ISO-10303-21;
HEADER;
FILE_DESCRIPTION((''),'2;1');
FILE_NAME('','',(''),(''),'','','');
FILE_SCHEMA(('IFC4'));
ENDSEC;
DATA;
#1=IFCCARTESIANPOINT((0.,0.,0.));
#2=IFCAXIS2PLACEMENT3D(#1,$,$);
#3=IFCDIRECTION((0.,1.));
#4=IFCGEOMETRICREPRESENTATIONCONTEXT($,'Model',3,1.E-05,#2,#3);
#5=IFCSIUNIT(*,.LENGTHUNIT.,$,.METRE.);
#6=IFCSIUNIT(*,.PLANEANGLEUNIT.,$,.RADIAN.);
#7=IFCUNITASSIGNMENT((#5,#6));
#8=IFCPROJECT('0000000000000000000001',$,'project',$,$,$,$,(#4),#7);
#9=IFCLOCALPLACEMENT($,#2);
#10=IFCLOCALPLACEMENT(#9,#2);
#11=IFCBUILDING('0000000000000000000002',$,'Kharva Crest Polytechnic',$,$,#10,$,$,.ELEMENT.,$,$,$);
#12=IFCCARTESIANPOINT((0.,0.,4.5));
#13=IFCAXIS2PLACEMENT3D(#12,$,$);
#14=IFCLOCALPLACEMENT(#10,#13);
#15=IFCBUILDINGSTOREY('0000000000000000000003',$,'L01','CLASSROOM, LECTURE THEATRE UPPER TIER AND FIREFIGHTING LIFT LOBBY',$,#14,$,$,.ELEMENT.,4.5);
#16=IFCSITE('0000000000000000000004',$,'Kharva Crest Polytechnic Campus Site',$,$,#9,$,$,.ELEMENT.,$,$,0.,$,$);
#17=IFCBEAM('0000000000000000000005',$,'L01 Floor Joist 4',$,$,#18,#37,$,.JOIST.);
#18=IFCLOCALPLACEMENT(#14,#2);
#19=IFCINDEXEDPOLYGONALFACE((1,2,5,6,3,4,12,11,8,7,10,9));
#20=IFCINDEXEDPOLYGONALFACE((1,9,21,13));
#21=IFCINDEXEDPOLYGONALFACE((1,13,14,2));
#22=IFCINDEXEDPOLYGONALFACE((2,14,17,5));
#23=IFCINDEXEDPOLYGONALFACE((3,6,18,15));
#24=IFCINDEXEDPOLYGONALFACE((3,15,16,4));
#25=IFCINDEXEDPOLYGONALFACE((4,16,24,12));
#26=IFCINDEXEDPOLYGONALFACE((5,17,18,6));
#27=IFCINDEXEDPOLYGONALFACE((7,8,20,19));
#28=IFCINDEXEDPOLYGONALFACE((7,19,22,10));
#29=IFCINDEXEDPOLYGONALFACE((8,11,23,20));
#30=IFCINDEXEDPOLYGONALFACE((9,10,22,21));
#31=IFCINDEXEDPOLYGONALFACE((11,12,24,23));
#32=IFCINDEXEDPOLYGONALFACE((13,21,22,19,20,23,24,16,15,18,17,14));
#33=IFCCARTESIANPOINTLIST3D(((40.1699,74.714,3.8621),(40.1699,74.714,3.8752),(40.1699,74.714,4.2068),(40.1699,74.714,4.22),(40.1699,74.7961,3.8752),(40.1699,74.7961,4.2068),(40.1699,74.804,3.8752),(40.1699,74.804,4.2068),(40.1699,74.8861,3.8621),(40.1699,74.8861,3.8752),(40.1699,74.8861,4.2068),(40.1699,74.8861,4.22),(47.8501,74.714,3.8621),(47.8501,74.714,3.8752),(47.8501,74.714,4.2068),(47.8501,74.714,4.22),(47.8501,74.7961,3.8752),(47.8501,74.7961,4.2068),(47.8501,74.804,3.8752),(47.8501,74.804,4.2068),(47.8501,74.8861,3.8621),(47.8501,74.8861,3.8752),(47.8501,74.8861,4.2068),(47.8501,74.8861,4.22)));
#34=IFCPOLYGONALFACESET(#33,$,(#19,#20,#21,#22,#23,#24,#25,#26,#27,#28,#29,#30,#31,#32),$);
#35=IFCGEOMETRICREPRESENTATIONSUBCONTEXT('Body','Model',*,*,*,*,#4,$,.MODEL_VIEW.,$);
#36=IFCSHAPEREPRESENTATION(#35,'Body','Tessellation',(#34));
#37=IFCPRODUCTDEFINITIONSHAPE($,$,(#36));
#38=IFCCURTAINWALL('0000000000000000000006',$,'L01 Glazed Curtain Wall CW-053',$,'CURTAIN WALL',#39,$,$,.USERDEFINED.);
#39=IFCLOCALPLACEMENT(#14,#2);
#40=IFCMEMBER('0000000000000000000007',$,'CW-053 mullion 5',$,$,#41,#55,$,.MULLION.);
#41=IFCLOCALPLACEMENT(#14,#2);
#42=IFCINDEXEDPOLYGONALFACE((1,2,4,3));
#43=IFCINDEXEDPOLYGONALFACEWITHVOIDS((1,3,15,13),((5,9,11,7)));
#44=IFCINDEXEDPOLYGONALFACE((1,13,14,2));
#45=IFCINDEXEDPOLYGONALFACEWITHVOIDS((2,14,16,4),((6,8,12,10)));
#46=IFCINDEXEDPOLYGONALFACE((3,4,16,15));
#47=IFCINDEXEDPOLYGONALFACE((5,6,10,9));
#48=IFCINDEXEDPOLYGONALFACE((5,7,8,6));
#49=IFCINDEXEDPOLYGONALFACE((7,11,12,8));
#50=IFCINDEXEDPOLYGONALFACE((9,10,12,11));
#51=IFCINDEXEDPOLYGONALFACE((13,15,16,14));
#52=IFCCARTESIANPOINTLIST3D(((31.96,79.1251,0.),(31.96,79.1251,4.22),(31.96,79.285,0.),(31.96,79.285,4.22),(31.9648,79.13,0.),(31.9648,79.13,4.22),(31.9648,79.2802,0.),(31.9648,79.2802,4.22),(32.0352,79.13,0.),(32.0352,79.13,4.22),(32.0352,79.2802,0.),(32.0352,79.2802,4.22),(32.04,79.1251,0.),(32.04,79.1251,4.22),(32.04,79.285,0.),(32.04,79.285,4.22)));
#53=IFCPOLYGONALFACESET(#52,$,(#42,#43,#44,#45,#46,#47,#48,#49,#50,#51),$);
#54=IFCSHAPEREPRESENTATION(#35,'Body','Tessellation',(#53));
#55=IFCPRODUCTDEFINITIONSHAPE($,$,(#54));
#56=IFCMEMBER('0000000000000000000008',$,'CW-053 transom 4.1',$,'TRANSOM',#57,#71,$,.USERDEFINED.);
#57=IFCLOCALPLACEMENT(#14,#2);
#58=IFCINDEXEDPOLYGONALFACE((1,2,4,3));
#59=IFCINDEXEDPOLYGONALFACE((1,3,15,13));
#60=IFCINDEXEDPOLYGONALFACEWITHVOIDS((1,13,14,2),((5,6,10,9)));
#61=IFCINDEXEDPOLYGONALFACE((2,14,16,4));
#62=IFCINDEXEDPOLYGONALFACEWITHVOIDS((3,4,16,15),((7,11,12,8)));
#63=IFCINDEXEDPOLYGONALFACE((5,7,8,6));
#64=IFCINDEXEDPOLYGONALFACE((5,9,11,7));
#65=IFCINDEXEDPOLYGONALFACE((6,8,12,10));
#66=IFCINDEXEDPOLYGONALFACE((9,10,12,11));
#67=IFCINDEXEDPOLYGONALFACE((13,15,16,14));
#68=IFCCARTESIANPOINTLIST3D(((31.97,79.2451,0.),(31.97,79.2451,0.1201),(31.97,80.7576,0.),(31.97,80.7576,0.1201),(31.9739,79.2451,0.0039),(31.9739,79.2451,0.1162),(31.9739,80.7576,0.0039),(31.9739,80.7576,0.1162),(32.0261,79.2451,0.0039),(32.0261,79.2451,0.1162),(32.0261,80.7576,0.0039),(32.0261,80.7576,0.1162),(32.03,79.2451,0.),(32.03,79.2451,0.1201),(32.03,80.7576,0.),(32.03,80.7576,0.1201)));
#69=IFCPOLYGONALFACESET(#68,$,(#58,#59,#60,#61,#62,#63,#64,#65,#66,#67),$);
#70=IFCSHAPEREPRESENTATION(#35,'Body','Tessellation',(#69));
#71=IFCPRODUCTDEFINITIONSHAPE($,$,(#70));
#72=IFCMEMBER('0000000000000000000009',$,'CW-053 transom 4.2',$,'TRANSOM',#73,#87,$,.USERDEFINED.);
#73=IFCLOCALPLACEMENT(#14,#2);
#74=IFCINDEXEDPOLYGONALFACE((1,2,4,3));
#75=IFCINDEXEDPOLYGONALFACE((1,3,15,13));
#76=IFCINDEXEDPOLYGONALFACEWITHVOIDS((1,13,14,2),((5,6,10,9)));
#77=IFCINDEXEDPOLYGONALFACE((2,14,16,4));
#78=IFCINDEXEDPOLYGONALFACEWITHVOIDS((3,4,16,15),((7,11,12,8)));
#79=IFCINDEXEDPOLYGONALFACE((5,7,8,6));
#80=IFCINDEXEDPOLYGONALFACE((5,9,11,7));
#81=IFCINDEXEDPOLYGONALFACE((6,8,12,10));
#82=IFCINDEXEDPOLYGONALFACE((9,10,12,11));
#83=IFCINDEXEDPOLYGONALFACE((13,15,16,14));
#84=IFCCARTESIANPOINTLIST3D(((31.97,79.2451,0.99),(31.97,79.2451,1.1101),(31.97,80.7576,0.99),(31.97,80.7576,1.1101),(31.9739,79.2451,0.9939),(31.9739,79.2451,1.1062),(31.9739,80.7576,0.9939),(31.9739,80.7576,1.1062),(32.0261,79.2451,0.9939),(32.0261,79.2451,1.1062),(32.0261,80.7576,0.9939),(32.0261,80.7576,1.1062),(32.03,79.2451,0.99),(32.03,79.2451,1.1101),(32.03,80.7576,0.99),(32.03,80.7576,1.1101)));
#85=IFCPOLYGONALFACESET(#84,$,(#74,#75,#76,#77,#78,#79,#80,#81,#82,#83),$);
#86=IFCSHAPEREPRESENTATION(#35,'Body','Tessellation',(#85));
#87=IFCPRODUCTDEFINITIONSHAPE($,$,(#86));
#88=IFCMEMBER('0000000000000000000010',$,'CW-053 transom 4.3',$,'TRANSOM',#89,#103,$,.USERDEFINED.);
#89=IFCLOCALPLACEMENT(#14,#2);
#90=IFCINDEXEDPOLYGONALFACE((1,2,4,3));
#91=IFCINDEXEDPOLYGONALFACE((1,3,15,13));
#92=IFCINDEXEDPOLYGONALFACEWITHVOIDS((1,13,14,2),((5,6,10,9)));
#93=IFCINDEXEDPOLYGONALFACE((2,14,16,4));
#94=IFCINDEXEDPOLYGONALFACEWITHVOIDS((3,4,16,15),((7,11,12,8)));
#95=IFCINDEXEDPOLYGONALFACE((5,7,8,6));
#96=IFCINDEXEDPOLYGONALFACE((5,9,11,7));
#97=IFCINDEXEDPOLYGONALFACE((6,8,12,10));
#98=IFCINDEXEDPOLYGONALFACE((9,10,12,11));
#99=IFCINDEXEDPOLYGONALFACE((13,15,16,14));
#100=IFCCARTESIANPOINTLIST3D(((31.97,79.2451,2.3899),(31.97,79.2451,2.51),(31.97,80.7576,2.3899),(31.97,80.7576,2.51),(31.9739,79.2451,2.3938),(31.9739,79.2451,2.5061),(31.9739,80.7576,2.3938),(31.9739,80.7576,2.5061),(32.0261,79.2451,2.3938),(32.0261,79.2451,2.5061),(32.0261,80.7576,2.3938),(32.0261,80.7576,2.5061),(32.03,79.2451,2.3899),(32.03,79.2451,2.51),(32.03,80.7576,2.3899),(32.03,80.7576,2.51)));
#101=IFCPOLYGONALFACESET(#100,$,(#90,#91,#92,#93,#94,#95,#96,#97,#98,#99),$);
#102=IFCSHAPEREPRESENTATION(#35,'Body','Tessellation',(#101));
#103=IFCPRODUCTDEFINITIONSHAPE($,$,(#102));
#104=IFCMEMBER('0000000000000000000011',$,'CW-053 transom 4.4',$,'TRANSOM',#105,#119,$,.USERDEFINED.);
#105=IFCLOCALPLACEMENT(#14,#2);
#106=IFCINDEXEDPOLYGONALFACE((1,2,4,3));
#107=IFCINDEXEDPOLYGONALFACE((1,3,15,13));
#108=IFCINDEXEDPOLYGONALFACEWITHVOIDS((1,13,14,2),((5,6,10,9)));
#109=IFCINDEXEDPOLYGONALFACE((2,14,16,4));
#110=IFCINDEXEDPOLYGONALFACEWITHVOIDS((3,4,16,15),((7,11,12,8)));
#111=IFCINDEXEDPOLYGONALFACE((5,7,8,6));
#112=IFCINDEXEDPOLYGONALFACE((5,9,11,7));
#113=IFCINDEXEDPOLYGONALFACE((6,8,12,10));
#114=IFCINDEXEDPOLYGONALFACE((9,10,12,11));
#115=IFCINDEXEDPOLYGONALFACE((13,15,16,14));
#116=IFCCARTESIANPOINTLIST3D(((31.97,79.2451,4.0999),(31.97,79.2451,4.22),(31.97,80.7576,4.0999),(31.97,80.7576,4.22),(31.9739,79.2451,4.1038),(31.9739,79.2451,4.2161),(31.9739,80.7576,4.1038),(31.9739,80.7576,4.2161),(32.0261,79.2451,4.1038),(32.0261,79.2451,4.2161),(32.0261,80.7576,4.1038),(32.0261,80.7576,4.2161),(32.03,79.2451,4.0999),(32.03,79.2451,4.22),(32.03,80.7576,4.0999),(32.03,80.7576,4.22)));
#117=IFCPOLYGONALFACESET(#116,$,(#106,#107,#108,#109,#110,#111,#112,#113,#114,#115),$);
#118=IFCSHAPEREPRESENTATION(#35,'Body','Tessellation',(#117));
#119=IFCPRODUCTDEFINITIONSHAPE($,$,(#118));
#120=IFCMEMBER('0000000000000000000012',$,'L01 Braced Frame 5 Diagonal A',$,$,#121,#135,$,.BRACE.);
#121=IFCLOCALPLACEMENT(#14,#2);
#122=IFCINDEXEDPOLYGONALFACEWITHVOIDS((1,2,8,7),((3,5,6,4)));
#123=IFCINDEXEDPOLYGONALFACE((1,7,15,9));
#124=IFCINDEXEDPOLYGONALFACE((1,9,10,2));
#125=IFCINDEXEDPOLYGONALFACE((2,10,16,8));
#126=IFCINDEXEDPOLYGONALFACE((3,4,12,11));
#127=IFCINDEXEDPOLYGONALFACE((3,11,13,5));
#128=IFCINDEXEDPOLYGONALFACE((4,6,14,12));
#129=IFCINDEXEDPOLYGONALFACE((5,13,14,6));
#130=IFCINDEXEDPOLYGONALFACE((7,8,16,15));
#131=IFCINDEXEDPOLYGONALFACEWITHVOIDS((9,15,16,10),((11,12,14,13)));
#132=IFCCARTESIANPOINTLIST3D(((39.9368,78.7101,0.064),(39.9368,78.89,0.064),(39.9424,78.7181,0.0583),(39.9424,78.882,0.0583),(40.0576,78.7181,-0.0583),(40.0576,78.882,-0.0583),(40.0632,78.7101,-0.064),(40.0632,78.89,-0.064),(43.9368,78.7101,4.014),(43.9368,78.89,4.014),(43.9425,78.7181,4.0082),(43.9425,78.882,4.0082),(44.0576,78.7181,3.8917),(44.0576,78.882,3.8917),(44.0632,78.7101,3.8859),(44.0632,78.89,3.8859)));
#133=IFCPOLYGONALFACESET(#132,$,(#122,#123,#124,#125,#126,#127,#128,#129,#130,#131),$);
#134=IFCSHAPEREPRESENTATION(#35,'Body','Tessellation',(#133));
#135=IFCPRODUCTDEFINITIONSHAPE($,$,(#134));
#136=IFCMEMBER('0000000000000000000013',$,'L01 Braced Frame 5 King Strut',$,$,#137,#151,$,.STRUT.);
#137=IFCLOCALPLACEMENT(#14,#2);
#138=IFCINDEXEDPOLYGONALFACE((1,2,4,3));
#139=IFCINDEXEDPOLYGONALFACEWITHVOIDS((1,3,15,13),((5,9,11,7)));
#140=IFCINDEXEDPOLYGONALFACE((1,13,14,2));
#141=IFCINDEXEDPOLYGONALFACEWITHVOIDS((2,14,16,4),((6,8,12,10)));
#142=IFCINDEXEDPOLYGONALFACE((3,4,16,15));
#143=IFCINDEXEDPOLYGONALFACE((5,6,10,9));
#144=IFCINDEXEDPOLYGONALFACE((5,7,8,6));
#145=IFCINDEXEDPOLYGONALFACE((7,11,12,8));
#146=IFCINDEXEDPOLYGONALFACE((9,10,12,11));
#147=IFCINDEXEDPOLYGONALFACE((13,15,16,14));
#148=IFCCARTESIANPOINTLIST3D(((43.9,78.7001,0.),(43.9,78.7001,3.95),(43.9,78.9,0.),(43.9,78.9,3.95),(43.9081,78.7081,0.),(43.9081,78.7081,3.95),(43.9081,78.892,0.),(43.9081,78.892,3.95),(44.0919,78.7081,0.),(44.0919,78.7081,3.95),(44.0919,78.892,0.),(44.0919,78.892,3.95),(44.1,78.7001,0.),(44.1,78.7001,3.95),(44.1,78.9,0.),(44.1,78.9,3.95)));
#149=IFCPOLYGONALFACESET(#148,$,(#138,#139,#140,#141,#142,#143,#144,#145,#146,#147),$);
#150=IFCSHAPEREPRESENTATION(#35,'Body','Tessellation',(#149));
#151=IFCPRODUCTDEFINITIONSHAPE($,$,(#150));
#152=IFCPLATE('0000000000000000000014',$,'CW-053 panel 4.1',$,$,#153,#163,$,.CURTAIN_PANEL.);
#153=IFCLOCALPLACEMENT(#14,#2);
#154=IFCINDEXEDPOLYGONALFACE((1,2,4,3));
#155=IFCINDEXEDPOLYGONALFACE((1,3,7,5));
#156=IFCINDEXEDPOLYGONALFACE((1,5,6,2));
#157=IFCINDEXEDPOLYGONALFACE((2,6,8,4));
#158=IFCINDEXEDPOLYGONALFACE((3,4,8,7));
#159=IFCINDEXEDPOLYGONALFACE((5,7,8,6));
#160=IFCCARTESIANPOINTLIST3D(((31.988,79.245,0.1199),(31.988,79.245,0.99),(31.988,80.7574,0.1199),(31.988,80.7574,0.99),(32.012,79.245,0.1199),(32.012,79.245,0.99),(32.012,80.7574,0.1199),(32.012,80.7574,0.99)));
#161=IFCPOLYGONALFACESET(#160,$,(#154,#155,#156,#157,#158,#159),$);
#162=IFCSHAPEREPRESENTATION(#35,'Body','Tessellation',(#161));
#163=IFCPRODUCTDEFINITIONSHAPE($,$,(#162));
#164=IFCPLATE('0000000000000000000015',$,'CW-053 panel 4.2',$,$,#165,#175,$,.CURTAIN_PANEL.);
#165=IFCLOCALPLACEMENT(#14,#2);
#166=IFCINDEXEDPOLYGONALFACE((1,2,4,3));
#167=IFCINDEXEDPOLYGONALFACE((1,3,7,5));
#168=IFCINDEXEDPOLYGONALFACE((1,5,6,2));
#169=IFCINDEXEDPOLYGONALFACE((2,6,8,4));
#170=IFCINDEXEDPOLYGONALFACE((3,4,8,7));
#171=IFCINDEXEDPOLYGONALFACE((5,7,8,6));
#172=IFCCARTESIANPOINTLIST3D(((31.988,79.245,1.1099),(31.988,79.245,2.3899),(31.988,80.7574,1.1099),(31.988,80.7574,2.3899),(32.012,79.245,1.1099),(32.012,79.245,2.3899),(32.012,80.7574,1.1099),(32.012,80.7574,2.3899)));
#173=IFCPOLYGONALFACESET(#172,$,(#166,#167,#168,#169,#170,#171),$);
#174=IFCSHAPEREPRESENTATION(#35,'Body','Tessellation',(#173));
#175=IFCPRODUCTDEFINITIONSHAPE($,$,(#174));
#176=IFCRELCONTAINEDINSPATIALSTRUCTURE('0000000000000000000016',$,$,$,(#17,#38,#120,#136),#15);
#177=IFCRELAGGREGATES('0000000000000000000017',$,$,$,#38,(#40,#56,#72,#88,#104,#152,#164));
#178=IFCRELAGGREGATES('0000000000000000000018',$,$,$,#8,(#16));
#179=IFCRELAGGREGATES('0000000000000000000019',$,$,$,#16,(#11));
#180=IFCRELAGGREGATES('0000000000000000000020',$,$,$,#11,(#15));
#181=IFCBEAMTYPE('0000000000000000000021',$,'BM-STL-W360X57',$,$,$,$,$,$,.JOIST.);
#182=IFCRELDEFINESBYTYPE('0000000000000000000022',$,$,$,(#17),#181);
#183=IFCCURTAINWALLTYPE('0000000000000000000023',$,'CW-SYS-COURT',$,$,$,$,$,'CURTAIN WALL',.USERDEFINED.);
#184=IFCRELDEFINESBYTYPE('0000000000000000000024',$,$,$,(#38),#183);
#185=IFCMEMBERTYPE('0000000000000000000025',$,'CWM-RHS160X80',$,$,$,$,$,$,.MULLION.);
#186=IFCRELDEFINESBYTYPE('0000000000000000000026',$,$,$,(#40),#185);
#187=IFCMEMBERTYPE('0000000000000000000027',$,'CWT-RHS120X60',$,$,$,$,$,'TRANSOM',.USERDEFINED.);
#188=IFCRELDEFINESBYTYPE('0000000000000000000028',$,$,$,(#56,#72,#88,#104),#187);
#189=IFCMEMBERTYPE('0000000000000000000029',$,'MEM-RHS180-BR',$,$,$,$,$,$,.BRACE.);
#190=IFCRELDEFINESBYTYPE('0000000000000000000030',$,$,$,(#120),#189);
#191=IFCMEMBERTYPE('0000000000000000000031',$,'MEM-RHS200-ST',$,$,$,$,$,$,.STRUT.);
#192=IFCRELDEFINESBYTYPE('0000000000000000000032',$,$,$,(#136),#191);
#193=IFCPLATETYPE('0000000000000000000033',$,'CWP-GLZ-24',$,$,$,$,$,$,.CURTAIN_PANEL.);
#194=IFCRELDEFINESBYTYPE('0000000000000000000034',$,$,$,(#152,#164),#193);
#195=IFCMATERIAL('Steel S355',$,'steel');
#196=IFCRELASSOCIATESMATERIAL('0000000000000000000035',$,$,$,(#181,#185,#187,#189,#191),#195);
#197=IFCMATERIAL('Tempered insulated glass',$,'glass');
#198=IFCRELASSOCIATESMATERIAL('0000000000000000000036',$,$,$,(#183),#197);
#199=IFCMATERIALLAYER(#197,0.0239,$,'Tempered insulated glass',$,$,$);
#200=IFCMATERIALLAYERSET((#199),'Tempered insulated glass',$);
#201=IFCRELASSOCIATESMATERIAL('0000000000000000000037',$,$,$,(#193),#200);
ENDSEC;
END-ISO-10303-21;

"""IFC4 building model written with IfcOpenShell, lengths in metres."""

from ifc_helpers import new_model, si_unit, direction, frame, origin, origin_2d, place, context, subcontext, project, spatial, rectangle, hollow_rectangle, i_section, extrude, material, layer, layer_set, material_profile, profile_set, type_object, element, aggregate, save


model = new_model("IFC4")

# Units and contexts
model_context = context("Model", 3, precision=1e-05, world=origin(), true_north=direction((0.0, 1.0)))
body_context = subcontext(model_context, "Body", "Model", "MODEL_VIEW")
ifc_project = project(units=[si_unit("LENGTHUNIT", "METRE"), si_unit("PLANEANGLEUNIT", "RADIAN")], contexts=[model_context])

# Site, building, storey
site_placement = place(None, origin())
site = spatial("IfcSite", under=ifc_project, at=site_placement, Name="Kharva Crest Polytechnic Campus Site", CompositionType="ELEMENT", RefElevation=0.0)
building_placement = place(site_placement, origin())
building = spatial("IfcBuilding", under=site, at=building_placement, Name="Kharva Crest Polytechnic", CompositionType="ELEMENT")
storey_placement = place(building_placement, frame((0.0, 0.0, 4.5)))
storey = spatial("IfcBuildingStorey", under=building, at=storey_placement, Name="L01", Description="CLASSROOM, LECTURE THEATRE UPPER TIER AND FIREFIGHTING LIFT LOBBY", CompositionType="ELEMENT", Elevation=4.5)

# Beam
ifc_material_1 = material(Name="Steel S355", Category="steel")
ifc_material_profile_1 = material_profile(ifc_material_1, i_section(OverallWidth=0.1721, OverallDepth=0.3579, WebThickness=0.0078, FlangeThickness=0.0132, at=origin_2d()), Name="W360X57.8")
ifc_profile_set_1 = profile_set([ifc_material_profile_1], Name="Steel S355")
beam_type_1 = type_object("IfcBeamType", Name="BM-STL-W360X57", PredefinedType="JOIST", material=ifc_profile_set_1)
beam_1_placement = place(storey_placement, frame((40.1699, 74.8, 4.041), z_axis=(1.0, 0.0, 0.0), x_axis=(0.0, 1.0, 0.0)))
element("IfcBeam", 1, at=beam_1_placement, inside=storey, type_object=beam_type_1, Name="L01 Floor Joist 4", PredefinedType="JOIST", context=body_context, shape_type="SweptSolid", body=[
    extrude(i_section(OverallWidth=0.1721, OverallDepth=0.3579, WebThickness=0.0078, FlangeThickness=0.0132, at=origin_2d()), origin(), (0.0, 0.0, 1.0), 7.6802),
])

# Curtain wall, members
ifc_material_2 = material(Name="Tempered insulated glass", Category="glass")
curtain_wall_type = type_object("IfcCurtainWallType", Name="CW-SYS-COURT", ElementType="CURTAIN WALL", PredefinedType="USERDEFINED", material=ifc_material_2)
curtain_wall_placement = place(storey_placement, origin())
curtain_wall = element("IfcCurtainWall", 2, at=curtain_wall_placement, inside=storey, type_object=curtain_wall_type, Name="L01 Glazed Curtain Wall CW-053", ObjectType="CURTAIN WALL", PredefinedType="USERDEFINED")
ifc_material_profile_2 = material_profile(ifc_material_1, hollow_rectangle(XDim=0.0801, YDim=0.1599, WallThickness=0.0049, at=origin_2d()), Name="RHS 160X80X5.0")
ifc_profile_set_2 = profile_set([ifc_material_profile_2], Name="Steel S355")
member_type_1 = type_object("IfcMemberType", Name="CWM-RHS160X80", PredefinedType="MULLION", material=ifc_profile_set_2)
member_1_placement = place(storey_placement, frame((32.0, 79.2051, 0.0), z_axis=(0.0, 0.0, 1.0), x_axis=(1.0, 0.0, 0.0)))
member_1 = element("IfcMember", 3, at=member_1_placement, type_object=member_type_1, Name="CW-053 mullion 5", PredefinedType="MULLION", context=body_context, shape_type="SweptSolid", body=[
    extrude(hollow_rectangle(XDim=0.0801, YDim=0.1599, WallThickness=0.0049, at=origin_2d()), origin(), (0.0, 0.0, 1.0), 4.22),
])
ifc_material_profile_3 = material_profile(ifc_material_1, hollow_rectangle(XDim=0.0601, YDim=0.1201, WallThickness=0.0039, at=origin_2d()), Name="RHS 120X60X4.0")
ifc_profile_set_3 = profile_set([ifc_material_profile_3], Name="Steel S355")
member_type_2 = type_object("IfcMemberType", Name="CWT-RHS120X60", ElementType="TRANSOM", PredefinedType="USERDEFINED", material=ifc_profile_set_3)
member_2_placement = place(storey_placement, frame((32.0, 80.7576, 0.0601), z_axis=(0.0, -1.0, 0.0), x_axis=(1.0, 0.0, 0.0)))
member_2 = element("IfcMember", 4, at=member_2_placement, type_object=member_type_2, Name="CW-053 transom 4.1", ObjectType="TRANSOM", PredefinedType="USERDEFINED", context=body_context, shape_type="SweptSolid", body=[
    extrude(hollow_rectangle(XDim=0.0601, YDim=0.1201, WallThickness=0.0039, at=origin_2d()), origin(), (0.0, 0.0, 1.0), 1.5125),
])
member_3_placement = place(storey_placement, frame((32.0, 80.7576, 1.05), z_axis=(0.0, -1.0, 0.0), x_axis=(1.0, 0.0, 0.0)))
member_3 = element("IfcMember", 5, at=member_3_placement, type_object=member_type_2, Name="CW-053 transom 4.2", ObjectType="TRANSOM", PredefinedType="USERDEFINED", context=body_context, shape_type="SweptSolid", body=[
    extrude(hollow_rectangle(XDim=0.0601, YDim=0.1201, WallThickness=0.0039, at=origin_2d()), origin(), (0.0, 0.0, 1.0), 1.5125),
])
member_4_placement = place(storey_placement, frame((32.0, 80.7576, 2.45), z_axis=(0.0, -1.0, 0.0), x_axis=(1.0, 0.0, 0.0)))
member_4 = element("IfcMember", 6, at=member_4_placement, type_object=member_type_2, Name="CW-053 transom 4.3", ObjectType="TRANSOM", PredefinedType="USERDEFINED", context=body_context, shape_type="SweptSolid", body=[
    extrude(hollow_rectangle(XDim=0.0601, YDim=0.1201, WallThickness=0.0039, at=origin_2d()), origin(), (0.0, 0.0, 1.0), 1.5125),
])
member_5_placement = place(storey_placement, frame((32.0, 80.7576, 4.1599), z_axis=(0.0, -1.0, 0.0), x_axis=(1.0, 0.0, 0.0)))
member_5 = element("IfcMember", 7, at=member_5_placement, type_object=member_type_2, Name="CW-053 transom 4.4", ObjectType="TRANSOM", PredefinedType="USERDEFINED", context=body_context, shape_type="SweptSolid", body=[
    extrude(hollow_rectangle(XDim=0.0601, YDim=0.1201, WallThickness=0.0039, at=origin_2d()), origin(), (0.0, 0.0, 1.0), 1.5125),
])

# Members
ifc_material_profile_4 = material_profile(ifc_material_1, hollow_rectangle(XDim=0.1799, YDim=0.1799, WallThickness=0.0081, at=origin_2d()), Name="RHS 180X180X8.0")
ifc_profile_set_4 = profile_set([ifc_material_profile_4], Name="Steel S355")
member_type_3 = type_object("IfcMemberType", Name="MEM-RHS180-BR", PredefinedType="BRACE", material=ifc_profile_set_4)
member_6_placement = place(storey_placement, frame((40.0, 78.8, 0.0), z_axis=(0.711544, 0.0, 0.702641), x_axis=(0.0, 1.0, 0.0)))
element("IfcMember", 8, at=member_6_placement, inside=storey, type_object=member_type_3, Name="L01 Braced Frame 5 Diagonal A", PredefinedType="BRACE", context=body_context, shape_type="SweptSolid", body=[
    extrude(hollow_rectangle(XDim=0.1799, YDim=0.1799, WallThickness=0.0081, at=origin_2d()), origin(), (0.0, 0.0, 1.0), 5.6216),
])
ifc_material_profile_5 = material_profile(ifc_material_1, hollow_rectangle(XDim=0.2, YDim=0.2, WallThickness=0.0081, at=origin_2d()), Name="RHS 200X200X8.0")
ifc_profile_set_5 = profile_set([ifc_material_profile_5], Name="Steel S355")
member_type_4 = type_object("IfcMemberType", Name="MEM-RHS200-ST", PredefinedType="STRUT", material=ifc_profile_set_5)
member_7_placement = place(storey_placement, frame((44.0, 78.8, 0.0), z_axis=(0.0, 0.0, 1.0), x_axis=(1.0, 0.0, 0.0)))
element("IfcMember", 9, at=member_7_placement, inside=storey, type_object=member_type_4, Name="L01 Braced Frame 5 King Strut", PredefinedType="STRUT", context=body_context, shape_type="SweptSolid", body=[
    extrude(hollow_rectangle(XDim=0.2, YDim=0.2, WallThickness=0.0081, at=origin_2d()), origin(), (0.0, 0.0, 1.0), 3.95),
])

# Plates
ifc_layer_1 = layer(ifc_material_2, 0.0239, Name="Tempered insulated glass")
ifc_layer_set_1 = layer_set([ifc_layer_1], Name="Tempered insulated glass")
plate_type_1 = type_object("IfcPlateType", Name="CWP-GLZ-24", PredefinedType="CURTAIN_PANEL", material=ifc_layer_set_1)
plate_1_placement = place(storey_placement, frame((32.0, 80.0012, 0.1199), z_axis=(0.0, 0.0, 1.0), x_axis=(0.0, -1.0, 0.0)))
plate_1 = element("IfcPlate", 10, at=plate_1_placement, type_object=plate_type_1, Name="CW-053 panel 4.1", PredefinedType="CURTAIN_PANEL", context=body_context, shape_type="SweptSolid", body=[
    extrude(rectangle(XDim=1.5125, YDim=0.0239, at=origin_2d()), origin(), (0.0, 0.0, 1.0), 0.8701),
])
plate_2_placement = place(storey_placement, frame((32.0, 80.0012, 1.1099), z_axis=(0.0, 0.0, 1.0), x_axis=(0.0, -1.0, 0.0)))
plate_2 = element("IfcPlate", 11, at=plate_2_placement, type_object=plate_type_1, Name="CW-053 panel 4.2", PredefinedType="CURTAIN_PANEL", context=body_context, shape_type="SweptSolid", body=[
    extrude(rectangle(XDim=1.5125, YDim=0.0239, at=origin_2d()), origin(), (0.0, 0.0, 1.0), 1.28),
])
aggregate(curtain_wall, [member_1, member_2, member_3, member_4, member_5, plate_1, plate_2])

save(model, "model.ifc")
